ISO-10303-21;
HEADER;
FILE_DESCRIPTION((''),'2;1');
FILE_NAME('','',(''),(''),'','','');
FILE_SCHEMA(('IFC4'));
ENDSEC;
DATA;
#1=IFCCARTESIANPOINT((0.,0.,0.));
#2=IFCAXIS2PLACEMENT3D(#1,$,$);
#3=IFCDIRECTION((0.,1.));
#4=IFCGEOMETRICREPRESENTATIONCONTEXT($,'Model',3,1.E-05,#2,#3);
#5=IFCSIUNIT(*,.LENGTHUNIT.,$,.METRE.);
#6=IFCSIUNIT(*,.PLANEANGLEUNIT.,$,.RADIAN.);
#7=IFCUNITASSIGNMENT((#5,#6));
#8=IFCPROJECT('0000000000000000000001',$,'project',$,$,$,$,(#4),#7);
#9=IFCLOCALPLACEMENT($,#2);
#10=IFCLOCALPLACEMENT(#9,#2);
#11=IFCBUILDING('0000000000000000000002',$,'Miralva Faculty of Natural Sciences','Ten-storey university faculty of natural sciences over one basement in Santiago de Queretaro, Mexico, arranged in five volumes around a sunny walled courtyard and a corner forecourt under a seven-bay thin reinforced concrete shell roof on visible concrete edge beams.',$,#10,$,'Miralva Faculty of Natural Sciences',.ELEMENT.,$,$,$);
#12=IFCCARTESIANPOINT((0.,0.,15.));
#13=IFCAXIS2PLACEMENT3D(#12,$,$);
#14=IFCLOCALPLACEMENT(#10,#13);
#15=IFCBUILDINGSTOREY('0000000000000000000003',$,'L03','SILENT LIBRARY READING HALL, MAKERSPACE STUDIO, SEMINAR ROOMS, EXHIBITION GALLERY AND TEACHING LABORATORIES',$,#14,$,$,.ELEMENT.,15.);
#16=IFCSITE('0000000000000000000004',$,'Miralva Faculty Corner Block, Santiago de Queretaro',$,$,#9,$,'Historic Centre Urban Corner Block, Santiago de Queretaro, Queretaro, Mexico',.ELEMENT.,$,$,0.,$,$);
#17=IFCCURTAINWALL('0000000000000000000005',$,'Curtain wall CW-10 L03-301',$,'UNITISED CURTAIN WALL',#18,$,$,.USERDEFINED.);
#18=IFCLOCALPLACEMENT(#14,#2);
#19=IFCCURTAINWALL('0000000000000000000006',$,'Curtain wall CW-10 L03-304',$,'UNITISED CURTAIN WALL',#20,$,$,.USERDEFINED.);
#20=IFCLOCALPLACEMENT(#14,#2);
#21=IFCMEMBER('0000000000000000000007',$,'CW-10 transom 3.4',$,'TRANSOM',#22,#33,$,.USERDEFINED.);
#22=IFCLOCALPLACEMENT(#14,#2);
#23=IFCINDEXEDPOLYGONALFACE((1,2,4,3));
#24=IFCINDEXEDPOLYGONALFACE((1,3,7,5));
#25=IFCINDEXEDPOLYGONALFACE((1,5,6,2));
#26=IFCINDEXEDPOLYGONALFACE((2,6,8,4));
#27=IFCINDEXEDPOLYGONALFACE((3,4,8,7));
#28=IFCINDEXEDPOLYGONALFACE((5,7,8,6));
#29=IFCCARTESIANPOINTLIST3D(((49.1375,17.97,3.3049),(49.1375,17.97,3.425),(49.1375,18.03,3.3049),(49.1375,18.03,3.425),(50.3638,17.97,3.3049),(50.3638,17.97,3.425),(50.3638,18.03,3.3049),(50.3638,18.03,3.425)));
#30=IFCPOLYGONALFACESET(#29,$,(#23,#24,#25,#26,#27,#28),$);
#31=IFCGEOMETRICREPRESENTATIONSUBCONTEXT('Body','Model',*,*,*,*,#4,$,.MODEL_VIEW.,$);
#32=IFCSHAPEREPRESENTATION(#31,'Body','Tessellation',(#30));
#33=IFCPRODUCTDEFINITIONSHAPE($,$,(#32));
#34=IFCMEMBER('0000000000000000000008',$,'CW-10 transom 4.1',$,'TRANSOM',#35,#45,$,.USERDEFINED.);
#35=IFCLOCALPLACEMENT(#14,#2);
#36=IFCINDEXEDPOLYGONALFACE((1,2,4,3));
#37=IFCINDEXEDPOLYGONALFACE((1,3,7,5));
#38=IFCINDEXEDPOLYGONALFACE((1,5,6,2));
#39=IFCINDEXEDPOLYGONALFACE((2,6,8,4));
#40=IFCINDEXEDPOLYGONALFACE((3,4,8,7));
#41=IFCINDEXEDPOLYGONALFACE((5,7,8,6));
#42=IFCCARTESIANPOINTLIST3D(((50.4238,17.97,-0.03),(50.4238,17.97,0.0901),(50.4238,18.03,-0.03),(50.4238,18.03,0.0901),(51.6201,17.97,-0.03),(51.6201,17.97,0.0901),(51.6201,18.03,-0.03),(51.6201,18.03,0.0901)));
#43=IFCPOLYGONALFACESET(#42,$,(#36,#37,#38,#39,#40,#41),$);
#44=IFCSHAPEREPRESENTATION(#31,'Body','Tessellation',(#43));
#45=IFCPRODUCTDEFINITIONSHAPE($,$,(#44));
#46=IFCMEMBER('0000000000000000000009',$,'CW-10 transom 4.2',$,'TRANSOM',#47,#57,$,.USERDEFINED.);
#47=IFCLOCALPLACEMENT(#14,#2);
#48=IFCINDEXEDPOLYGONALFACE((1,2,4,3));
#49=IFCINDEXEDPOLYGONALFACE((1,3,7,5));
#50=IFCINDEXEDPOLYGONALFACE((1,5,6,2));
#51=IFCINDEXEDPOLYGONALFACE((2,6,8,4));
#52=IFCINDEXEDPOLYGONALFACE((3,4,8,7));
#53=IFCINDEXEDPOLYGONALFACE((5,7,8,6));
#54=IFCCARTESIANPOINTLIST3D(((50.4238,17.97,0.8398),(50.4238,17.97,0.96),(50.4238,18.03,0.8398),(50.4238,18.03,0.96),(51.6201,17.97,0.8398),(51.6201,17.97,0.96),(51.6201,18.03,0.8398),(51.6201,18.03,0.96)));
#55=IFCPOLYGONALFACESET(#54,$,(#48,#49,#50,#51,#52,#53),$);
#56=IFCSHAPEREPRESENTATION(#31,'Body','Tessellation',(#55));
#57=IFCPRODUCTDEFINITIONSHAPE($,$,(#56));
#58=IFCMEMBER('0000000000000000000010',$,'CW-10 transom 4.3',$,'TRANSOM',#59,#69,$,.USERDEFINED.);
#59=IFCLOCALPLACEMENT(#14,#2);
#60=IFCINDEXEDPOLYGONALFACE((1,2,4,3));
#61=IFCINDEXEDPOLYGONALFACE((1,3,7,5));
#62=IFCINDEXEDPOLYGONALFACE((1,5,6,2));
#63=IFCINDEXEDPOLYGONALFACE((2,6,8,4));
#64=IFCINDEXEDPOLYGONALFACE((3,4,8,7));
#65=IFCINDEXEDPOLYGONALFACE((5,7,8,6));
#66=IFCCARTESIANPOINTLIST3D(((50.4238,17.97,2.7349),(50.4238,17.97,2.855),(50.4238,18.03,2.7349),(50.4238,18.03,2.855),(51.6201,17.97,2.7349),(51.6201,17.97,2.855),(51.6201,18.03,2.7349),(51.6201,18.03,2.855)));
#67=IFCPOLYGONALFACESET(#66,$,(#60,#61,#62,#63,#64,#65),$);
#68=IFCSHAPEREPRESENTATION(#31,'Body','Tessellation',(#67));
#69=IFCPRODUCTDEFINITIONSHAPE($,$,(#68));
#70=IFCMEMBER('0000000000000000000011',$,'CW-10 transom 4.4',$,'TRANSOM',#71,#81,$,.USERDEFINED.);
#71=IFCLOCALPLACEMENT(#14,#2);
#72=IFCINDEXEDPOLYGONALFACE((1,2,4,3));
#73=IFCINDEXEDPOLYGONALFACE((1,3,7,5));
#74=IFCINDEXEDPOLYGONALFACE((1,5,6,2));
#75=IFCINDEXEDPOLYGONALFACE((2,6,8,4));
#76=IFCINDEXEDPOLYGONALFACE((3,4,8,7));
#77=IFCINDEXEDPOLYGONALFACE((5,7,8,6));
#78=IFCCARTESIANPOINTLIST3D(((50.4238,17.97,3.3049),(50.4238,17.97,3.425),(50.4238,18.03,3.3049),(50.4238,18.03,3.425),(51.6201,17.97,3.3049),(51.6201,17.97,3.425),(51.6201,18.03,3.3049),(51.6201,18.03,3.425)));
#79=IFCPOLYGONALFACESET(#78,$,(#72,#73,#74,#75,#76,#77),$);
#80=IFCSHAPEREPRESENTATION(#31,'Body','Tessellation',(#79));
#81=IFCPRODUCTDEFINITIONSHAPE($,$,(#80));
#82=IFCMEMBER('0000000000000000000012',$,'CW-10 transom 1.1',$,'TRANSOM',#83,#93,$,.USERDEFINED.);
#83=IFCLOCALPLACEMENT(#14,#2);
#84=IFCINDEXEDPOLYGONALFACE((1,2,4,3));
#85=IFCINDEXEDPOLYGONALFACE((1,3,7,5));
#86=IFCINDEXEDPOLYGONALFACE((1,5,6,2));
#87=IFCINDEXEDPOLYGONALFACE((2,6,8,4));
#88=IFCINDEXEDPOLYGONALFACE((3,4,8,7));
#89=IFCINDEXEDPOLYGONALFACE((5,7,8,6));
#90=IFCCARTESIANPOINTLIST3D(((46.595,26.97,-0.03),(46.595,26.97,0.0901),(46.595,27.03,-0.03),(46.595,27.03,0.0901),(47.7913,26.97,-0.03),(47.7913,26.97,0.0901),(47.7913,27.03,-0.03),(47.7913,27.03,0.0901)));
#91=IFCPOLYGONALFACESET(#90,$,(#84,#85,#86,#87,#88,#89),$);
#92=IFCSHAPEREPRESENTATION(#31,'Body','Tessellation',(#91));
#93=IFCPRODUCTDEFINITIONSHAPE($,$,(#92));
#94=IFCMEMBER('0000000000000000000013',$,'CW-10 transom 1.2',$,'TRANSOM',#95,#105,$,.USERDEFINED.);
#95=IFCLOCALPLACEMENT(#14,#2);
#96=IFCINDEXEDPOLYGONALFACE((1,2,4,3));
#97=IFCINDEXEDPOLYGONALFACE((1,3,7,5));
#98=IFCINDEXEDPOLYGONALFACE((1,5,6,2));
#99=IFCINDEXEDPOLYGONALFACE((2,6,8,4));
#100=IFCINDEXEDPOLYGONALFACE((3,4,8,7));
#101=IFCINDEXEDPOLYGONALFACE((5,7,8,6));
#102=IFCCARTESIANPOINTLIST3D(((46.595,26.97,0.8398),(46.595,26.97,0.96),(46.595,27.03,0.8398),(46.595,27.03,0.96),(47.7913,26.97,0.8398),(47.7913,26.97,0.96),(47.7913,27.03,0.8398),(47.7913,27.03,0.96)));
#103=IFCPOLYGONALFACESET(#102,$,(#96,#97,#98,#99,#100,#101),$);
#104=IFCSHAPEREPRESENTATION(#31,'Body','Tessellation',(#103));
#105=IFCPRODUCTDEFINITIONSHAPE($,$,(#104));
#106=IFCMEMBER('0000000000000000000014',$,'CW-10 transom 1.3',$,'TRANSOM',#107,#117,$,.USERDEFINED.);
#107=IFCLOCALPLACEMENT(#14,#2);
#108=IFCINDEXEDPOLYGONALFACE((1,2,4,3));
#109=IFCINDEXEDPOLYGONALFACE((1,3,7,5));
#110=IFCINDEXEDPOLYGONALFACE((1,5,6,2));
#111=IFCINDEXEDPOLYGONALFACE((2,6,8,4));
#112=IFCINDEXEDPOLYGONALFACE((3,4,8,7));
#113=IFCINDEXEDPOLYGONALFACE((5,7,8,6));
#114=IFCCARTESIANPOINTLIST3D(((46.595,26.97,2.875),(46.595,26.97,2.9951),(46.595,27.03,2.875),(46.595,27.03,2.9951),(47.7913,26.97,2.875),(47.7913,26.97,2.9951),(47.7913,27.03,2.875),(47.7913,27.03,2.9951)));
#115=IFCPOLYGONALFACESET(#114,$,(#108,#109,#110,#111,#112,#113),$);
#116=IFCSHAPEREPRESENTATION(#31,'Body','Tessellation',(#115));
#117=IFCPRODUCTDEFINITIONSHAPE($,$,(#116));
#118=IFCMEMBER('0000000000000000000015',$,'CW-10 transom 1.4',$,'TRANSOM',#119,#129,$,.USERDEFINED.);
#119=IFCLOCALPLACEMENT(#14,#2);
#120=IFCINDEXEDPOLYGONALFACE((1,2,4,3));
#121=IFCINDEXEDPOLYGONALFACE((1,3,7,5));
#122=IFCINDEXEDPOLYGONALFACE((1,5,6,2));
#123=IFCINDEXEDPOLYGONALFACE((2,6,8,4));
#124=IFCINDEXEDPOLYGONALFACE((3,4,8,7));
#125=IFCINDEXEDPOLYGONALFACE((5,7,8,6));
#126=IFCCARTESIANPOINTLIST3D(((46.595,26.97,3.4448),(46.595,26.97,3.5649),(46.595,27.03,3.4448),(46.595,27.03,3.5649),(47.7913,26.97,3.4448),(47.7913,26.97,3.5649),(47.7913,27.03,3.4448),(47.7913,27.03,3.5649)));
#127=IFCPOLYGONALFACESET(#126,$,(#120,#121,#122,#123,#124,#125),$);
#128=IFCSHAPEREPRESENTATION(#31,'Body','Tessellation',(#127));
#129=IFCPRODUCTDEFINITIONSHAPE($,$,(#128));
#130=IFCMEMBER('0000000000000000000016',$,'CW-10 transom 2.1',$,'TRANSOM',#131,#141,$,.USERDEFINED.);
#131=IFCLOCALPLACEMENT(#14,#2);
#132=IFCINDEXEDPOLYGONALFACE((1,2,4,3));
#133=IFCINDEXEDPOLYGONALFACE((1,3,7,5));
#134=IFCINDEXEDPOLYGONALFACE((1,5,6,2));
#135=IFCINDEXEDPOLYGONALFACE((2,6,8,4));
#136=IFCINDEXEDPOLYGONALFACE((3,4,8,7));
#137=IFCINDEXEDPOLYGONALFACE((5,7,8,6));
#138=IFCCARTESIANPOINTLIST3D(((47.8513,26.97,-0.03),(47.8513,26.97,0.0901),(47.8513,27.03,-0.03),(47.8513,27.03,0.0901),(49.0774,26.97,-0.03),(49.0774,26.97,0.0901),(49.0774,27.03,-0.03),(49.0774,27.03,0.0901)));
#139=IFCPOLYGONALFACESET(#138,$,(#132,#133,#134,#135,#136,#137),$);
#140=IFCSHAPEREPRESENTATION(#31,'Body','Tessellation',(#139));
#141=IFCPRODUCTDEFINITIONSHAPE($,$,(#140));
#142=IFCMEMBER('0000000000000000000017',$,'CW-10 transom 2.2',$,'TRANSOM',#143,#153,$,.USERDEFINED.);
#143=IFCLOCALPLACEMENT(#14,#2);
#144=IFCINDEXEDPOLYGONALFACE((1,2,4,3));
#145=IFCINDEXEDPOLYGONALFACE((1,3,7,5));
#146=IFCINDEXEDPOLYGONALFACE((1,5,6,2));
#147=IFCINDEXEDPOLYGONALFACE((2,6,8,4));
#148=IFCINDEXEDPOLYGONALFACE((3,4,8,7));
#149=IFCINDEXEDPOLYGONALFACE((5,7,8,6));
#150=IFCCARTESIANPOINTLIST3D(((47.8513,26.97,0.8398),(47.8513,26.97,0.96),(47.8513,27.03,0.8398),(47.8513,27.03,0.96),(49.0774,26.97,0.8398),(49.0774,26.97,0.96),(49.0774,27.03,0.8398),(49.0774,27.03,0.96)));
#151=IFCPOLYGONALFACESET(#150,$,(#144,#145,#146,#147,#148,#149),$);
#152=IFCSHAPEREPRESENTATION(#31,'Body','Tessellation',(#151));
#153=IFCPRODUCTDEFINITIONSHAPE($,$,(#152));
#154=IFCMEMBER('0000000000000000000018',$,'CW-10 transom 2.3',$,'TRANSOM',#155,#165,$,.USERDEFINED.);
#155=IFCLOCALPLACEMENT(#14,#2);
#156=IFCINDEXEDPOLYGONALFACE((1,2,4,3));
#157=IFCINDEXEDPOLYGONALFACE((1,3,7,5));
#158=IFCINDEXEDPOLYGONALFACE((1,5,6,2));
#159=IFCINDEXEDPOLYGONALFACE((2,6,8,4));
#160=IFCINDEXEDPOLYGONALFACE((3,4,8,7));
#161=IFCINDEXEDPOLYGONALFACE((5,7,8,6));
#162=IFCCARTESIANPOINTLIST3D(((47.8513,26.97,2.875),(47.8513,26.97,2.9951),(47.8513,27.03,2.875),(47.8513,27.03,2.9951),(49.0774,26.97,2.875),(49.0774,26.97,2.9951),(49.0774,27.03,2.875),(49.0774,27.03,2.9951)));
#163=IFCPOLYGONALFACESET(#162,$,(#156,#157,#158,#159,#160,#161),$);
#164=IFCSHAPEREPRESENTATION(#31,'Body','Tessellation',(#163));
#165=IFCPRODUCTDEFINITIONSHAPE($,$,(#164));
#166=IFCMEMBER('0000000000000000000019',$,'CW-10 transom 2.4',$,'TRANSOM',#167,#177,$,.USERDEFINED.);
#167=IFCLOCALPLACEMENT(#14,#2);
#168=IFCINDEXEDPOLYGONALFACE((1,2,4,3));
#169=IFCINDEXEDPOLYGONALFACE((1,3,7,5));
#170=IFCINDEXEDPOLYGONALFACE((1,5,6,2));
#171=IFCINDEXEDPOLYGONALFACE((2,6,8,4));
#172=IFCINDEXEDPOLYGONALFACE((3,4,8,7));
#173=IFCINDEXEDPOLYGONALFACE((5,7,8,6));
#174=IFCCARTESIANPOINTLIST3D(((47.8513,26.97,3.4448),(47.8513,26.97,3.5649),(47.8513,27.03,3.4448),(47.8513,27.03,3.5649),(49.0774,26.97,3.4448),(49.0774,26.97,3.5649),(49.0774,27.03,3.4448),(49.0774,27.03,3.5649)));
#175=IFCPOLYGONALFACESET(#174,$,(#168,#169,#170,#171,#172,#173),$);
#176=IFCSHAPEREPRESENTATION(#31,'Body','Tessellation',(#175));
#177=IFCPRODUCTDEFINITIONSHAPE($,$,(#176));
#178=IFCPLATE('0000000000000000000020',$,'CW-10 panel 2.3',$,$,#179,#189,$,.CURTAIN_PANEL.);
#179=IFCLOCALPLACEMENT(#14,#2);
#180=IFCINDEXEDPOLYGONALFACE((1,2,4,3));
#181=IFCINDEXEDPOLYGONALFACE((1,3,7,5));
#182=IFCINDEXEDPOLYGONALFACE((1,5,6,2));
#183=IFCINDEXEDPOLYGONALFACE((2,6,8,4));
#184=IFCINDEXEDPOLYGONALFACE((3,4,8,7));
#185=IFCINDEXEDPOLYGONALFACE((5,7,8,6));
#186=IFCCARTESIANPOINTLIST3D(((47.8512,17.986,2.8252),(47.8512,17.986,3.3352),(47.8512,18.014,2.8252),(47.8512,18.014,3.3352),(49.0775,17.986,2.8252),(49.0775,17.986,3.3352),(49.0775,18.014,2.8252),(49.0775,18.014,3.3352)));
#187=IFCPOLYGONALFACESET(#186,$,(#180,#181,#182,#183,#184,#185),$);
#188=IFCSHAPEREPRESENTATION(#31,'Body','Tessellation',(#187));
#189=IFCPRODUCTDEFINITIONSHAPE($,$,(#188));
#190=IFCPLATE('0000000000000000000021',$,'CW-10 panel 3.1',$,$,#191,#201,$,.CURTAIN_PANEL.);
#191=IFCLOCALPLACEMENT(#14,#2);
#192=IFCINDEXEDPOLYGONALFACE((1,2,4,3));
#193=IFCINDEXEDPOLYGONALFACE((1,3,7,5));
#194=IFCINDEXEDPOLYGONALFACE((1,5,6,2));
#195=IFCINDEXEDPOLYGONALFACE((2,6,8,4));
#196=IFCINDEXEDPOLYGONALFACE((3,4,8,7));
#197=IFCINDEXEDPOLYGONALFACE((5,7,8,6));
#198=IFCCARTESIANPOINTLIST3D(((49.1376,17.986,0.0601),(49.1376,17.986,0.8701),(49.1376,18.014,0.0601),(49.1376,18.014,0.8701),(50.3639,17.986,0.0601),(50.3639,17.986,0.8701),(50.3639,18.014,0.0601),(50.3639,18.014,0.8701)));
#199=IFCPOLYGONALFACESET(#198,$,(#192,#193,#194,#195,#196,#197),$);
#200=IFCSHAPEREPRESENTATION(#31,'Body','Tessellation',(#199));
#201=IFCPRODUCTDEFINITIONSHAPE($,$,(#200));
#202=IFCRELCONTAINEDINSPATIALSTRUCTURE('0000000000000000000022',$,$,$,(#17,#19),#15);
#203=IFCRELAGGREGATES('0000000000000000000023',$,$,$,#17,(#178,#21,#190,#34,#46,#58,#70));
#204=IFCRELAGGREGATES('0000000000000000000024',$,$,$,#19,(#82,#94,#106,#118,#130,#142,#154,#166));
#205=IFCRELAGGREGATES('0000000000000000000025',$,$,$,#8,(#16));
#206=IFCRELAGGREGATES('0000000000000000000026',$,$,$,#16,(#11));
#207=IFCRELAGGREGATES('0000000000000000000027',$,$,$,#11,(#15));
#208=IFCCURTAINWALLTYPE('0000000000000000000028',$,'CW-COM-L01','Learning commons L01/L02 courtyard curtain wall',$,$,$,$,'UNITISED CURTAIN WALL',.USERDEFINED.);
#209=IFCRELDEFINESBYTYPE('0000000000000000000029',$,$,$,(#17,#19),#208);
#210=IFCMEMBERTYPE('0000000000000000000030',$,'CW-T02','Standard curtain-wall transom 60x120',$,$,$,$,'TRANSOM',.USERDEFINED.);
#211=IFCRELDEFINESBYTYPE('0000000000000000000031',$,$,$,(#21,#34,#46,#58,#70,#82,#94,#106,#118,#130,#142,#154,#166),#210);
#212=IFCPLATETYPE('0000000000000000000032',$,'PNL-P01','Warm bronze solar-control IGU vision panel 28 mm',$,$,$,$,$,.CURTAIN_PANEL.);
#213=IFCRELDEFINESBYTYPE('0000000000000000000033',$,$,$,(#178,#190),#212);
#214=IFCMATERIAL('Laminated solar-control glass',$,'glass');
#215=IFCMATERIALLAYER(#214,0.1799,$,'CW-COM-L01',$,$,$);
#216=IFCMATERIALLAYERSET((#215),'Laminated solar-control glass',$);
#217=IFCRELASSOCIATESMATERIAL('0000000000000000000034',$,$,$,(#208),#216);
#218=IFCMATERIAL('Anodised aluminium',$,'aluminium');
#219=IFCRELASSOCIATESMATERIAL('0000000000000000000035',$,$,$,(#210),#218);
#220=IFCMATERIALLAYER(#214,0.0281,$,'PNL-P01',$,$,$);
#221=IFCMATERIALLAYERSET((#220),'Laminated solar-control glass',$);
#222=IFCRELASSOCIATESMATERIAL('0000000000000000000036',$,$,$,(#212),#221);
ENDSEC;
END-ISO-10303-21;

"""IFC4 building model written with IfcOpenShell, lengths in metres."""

from ifc_helpers import new_model, si_unit, direction, frame, origin, origin_2d, place, context, subcontext, project, spatial, rectangle, extrude, material, layer, layer_set, material_profile, profile_set, type_object, element, aggregate, save


model = new_model("IFC4")

# Units and contexts
model_context = context("Model", 3, precision=1e-05, world=origin(), true_north=direction((0.0, 1.0)))
body_context = subcontext(model_context, "Body", "Model", "MODEL_VIEW")
ifc_project = project(units=[si_unit("LENGTHUNIT", "METRE"), si_unit("PLANEANGLEUNIT", "RADIAN")], contexts=[model_context])

# Site, building, storey
site_placement = place(None, origin())
site = spatial("IfcSite", under=ifc_project, at=site_placement, Name="Miralva Faculty Corner Block, Santiago de Queretaro", LongName="Historic Centre Urban Corner Block, Santiago de Queretaro, Queretaro, Mexico", CompositionType="ELEMENT", RefElevation=0.0)
building_placement = place(site_placement, origin())
building = spatial("IfcBuilding", under=site, at=building_placement, Name="Miralva Faculty of Natural Sciences", Description="Ten-storey university faculty of natural sciences over one basement in Santiago de Queretaro, Mexico, arranged in five volumes around a sunny walled courtyard and a corner forecourt under a seven-bay thin reinforced concrete shell roof on visible concrete edge beams.", LongName="Miralva Faculty of Natural Sciences", CompositionType="ELEMENT")
storey_placement = place(building_placement, frame((0.0, 0.0, 15.0)))
storey = spatial("IfcBuildingStorey", under=building, at=storey_placement, Name="L03", Description="SILENT LIBRARY READING HALL, MAKERSPACE STUDIO, SEMINAR ROOMS, EXHIBITION GALLERY AND TEACHING LABORATORIES", CompositionType="ELEMENT", Elevation=15.0)

# Curtain walls
ifc_material_1 = material(Name="Laminated solar-control glass", Category="glass")
ifc_layer_1 = layer(ifc_material_1, 0.1799, Name="CW-COM-L01")
ifc_layer_set_1 = layer_set([ifc_layer_1], Name="Laminated solar-control glass")
curtain_wall_type = type_object("IfcCurtainWallType", Name="CW-COM-L01", Description="Learning commons L01/L02 courtyard curtain wall", ElementType="UNITISED CURTAIN WALL", PredefinedType="USERDEFINED", material=ifc_layer_set_1)
curtain_wall_1_placement = place(storey_placement, origin())
curtain_wall_1 = element("IfcCurtainWall", 1, at=curtain_wall_1_placement, inside=storey, type_object=curtain_wall_type, Name="Curtain wall CW-10 L03-301", ObjectType="UNITISED CURTAIN WALL", PredefinedType="USERDEFINED")
ifc_material_2 = material(Name="Anodised aluminium", Category="aluminium")
curtain_wall_2_placement = place(storey_placement, origin())
curtain_wall_2 = element("IfcCurtainWall", 2, at=curtain_wall_2_placement, inside=storey, type_object=curtain_wall_type, Name="Curtain wall CW-10 L03-304", ObjectType="UNITISED CURTAIN WALL", PredefinedType="USERDEFINED")

# Members
ifc_material_profile_1 = material_profile(ifc_material_2, rectangle(XDim=0.0601, YDim=0.1201, at=origin_2d()), Name="TRANSOM 60x120")
ifc_profile_set_1 = profile_set([ifc_material_profile_1], Name="Anodised aluminium")
member_type_1 = type_object("IfcMemberType", Name="CW-T02", Description="Standard curtain-wall transom 60x120", ElementType="TRANSOM", PredefinedType="USERDEFINED", material=ifc_profile_set_1)
member_1_placement = place(storey_placement, frame((49.1375, 18.0, 3.365), z_axis=(1.0, 0.0, 0.0), x_axis=(0.0, 1.0, 0.0)))
member_1 = element("IfcMember", 3, at=member_1_placement, type_object=member_type_1, Name="CW-10 transom 3.4", ObjectType="TRANSOM", PredefinedType="USERDEFINED", context=body_context, shape_type="SweptSolid", body=[
    extrude(rectangle(XDim=0.0601, YDim=0.1201, at=origin_2d()), origin(), (0.0, 0.0, 1.0), 1.2263),
])
member_2_placement = place(storey_placement, frame((50.4238, 18.0, 0.03), z_axis=(1.0, 0.0, 0.0), x_axis=(0.0, 1.0, 0.0)))
member_2 = element("IfcMember", 4, at=member_2_placement, type_object=member_type_1, Name="CW-10 transom 4.1", ObjectType="TRANSOM", PredefinedType="USERDEFINED", context=body_context, shape_type="SweptSolid", body=[
    extrude(rectangle(XDim=0.0601, YDim=0.1201, at=origin_2d()), origin(), (0.0, 0.0, 1.0), 1.1963),
])
member_3_placement = place(storey_placement, frame((50.4238, 18.0, 0.8999), z_axis=(1.0, 0.0, 0.0), x_axis=(0.0, 1.0, 0.0)))
member_3 = element("IfcMember", 5, at=member_3_placement, type_object=member_type_1, Name="CW-10 transom 4.2", ObjectType="TRANSOM", PredefinedType="USERDEFINED", context=body_context, shape_type="SweptSolid", body=[
    extrude(rectangle(XDim=0.0601, YDim=0.1201, at=origin_2d()), origin(), (0.0, 0.0, 1.0), 1.1963),
])
member_4_placement = place(storey_placement, frame((50.4238, 18.0, 2.7949), z_axis=(1.0, 0.0, 0.0), x_axis=(0.0, 1.0, 0.0)))
member_4 = element("IfcMember", 6, at=member_4_placement, type_object=member_type_1, Name="CW-10 transom 4.3", ObjectType="TRANSOM", PredefinedType="USERDEFINED", context=body_context, shape_type="SweptSolid", body=[
    extrude(rectangle(XDim=0.0601, YDim=0.1201, at=origin_2d()), origin(), (0.0, 0.0, 1.0), 1.1963),
])
member_5_placement = place(storey_placement, frame((50.4238, 18.0, 3.365), z_axis=(1.0, 0.0, 0.0), x_axis=(0.0, 1.0, 0.0)))
member_5 = element("IfcMember", 7, at=member_5_placement, type_object=member_type_1, Name="CW-10 transom 4.4", ObjectType="TRANSOM", PredefinedType="USERDEFINED", context=body_context, shape_type="SweptSolid", body=[
    extrude(rectangle(XDim=0.0601, YDim=0.1201, at=origin_2d()), origin(), (0.0, 0.0, 1.0), 1.1963),
])
member_6_placement = place(storey_placement, frame((46.595, 27.0, 0.03), z_axis=(1.0, 0.0, 0.0), x_axis=(0.0, 1.0, 0.0)))
member_6 = element("IfcMember", 8, at=member_6_placement, type_object=member_type_1, Name="CW-10 transom 1.1", ObjectType="TRANSOM", PredefinedType="USERDEFINED", context=body_context, shape_type="SweptSolid", body=[
    extrude(rectangle(XDim=0.0601, YDim=0.1201, at=origin_2d()), origin(), (0.0, 0.0, 1.0), 1.1963),
])
member_7_placement = place(storey_placement, frame((46.595, 27.0, 0.8999), z_axis=(1.0, 0.0, 0.0), x_axis=(0.0, 1.0, 0.0)))
member_7 = element("IfcMember", 9, at=member_7_placement, type_object=member_type_1, Name="CW-10 transom 1.2", ObjectType="TRANSOM", PredefinedType="USERDEFINED", context=body_context, shape_type="SweptSolid", body=[
    extrude(rectangle(XDim=0.0601, YDim=0.1201, at=origin_2d()), origin(), (0.0, 0.0, 1.0), 1.1963),
])
member_8_placement = place(storey_placement, frame((46.595, 27.0, 2.9351), z_axis=(1.0, 0.0, 0.0), x_axis=(0.0, 1.0, 0.0)))
member_8 = element("IfcMember", 10, at=member_8_placement, type_object=member_type_1, Name="CW-10 transom 1.3", ObjectType="TRANSOM", PredefinedType="USERDEFINED", context=body_context, shape_type="SweptSolid", body=[
    extrude(rectangle(XDim=0.0601, YDim=0.1201, at=origin_2d()), origin(), (0.0, 0.0, 1.0), 1.1963),
])
member_9_placement = place(storey_placement, frame((46.595, 27.0, 3.5049), z_axis=(1.0, 0.0, 0.0), x_axis=(0.0, 1.0, 0.0)))
member_9 = element("IfcMember", 11, at=member_9_placement, type_object=member_type_1, Name="CW-10 transom 1.4", ObjectType="TRANSOM", PredefinedType="USERDEFINED", context=body_context, shape_type="SweptSolid", body=[
    extrude(rectangle(XDim=0.0601, YDim=0.1201, at=origin_2d()), origin(), (0.0, 0.0, 1.0), 1.1963),
])
member_10_placement = place(storey_placement, frame((47.8513, 27.0, 0.03), z_axis=(1.0, 0.0, 0.0), x_axis=(0.0, 1.0, 0.0)))
member_10 = element("IfcMember", 12, at=member_10_placement, type_object=member_type_1, Name="CW-10 transom 2.1", ObjectType="TRANSOM", PredefinedType="USERDEFINED", context=body_context, shape_type="SweptSolid", body=[
    extrude(rectangle(XDim=0.0601, YDim=0.1201, at=origin_2d()), origin(), (0.0, 0.0, 1.0), 1.2261),
])
member_11_placement = place(storey_placement, frame((47.8513, 27.0, 0.8999), z_axis=(1.0, 0.0, 0.0), x_axis=(0.0, 1.0, 0.0)))
member_11 = element("IfcMember", 13, at=member_11_placement, type_object=member_type_1, Name="CW-10 transom 2.2", ObjectType="TRANSOM", PredefinedType="USERDEFINED", context=body_context, shape_type="SweptSolid", body=[
    extrude(rectangle(XDim=0.0601, YDim=0.1201, at=origin_2d()), origin(), (0.0, 0.0, 1.0), 1.2261),
])
member_12_placement = place(storey_placement, frame((47.8513, 27.0, 2.9351), z_axis=(1.0, 0.0, 0.0), x_axis=(0.0, 1.0, 0.0)))
member_12 = element("IfcMember", 14, at=member_12_placement, type_object=member_type_1, Name="CW-10 transom 2.3", ObjectType="TRANSOM", PredefinedType="USERDEFINED", context=body_context, shape_type="SweptSolid", body=[
    extrude(rectangle(XDim=0.0601, YDim=0.1201, at=origin_2d()), origin(), (0.0, 0.0, 1.0), 1.2261),
])
member_13_placement = place(storey_placement, frame((47.8513, 27.0, 3.5049), z_axis=(1.0, 0.0, 0.0), x_axis=(0.0, 1.0, 0.0)))
member_13 = element("IfcMember", 15, at=member_13_placement, type_object=member_type_1, Name="CW-10 transom 2.4", ObjectType="TRANSOM", PredefinedType="USERDEFINED", context=body_context, shape_type="SweptSolid", body=[
    extrude(rectangle(XDim=0.0601, YDim=0.1201, at=origin_2d()), origin(), (0.0, 0.0, 1.0), 1.2261),
])

# Plates
ifc_layer_2 = layer(ifc_material_1, 0.0281, Name="PNL-P01")
ifc_layer_set_2 = layer_set([ifc_layer_2], Name="Laminated solar-control glass")
plate_type = type_object("IfcPlateType", Name="PNL-P01", Description="Warm bronze solar-control IGU vision panel 28 mm", PredefinedType="CURTAIN_PANEL", material=ifc_layer_set_2)
plate_1_placement = place(storey_placement, frame((48.4644, 18.0, 2.8252), z_axis=(0.0, 0.0, 1.0), x_axis=(1.0, 0.0, 0.0)))
plate_1 = element("IfcPlate", 16, at=plate_1_placement, type_object=plate_type, Name="CW-10 panel 2.3", PredefinedType="CURTAIN_PANEL", context=body_context, shape_type="SweptSolid", body=[
    extrude(rectangle(XDim=1.2263, YDim=0.0281, at=origin_2d()), origin(), (0.0, 0.0, 1.0), 0.51),
])
plate_2_placement = place(storey_placement, frame((49.7507, 18.0, 0.0601), z_axis=(0.0, 0.0, 1.0), x_axis=(1.0, 0.0, 0.0)))
plate_2 = element("IfcPlate", 17, at=plate_2_placement, type_object=plate_type, Name="CW-10 panel 3.1", PredefinedType="CURTAIN_PANEL", context=body_context, shape_type="SweptSolid", body=[
    extrude(rectangle(XDim=1.2263, YDim=0.0281, at=origin_2d()), origin(), (0.0, 0.0, 1.0), 0.8101),
])
aggregate(curtain_wall_1, [plate_1, member_1, plate_2, member_2, member_3, member_4, member_5])
aggregate(curtain_wall_2, [member_6, member_7, member_8, member_9, member_10, member_11, member_12, member_13])

save(model, "model.ifc")
